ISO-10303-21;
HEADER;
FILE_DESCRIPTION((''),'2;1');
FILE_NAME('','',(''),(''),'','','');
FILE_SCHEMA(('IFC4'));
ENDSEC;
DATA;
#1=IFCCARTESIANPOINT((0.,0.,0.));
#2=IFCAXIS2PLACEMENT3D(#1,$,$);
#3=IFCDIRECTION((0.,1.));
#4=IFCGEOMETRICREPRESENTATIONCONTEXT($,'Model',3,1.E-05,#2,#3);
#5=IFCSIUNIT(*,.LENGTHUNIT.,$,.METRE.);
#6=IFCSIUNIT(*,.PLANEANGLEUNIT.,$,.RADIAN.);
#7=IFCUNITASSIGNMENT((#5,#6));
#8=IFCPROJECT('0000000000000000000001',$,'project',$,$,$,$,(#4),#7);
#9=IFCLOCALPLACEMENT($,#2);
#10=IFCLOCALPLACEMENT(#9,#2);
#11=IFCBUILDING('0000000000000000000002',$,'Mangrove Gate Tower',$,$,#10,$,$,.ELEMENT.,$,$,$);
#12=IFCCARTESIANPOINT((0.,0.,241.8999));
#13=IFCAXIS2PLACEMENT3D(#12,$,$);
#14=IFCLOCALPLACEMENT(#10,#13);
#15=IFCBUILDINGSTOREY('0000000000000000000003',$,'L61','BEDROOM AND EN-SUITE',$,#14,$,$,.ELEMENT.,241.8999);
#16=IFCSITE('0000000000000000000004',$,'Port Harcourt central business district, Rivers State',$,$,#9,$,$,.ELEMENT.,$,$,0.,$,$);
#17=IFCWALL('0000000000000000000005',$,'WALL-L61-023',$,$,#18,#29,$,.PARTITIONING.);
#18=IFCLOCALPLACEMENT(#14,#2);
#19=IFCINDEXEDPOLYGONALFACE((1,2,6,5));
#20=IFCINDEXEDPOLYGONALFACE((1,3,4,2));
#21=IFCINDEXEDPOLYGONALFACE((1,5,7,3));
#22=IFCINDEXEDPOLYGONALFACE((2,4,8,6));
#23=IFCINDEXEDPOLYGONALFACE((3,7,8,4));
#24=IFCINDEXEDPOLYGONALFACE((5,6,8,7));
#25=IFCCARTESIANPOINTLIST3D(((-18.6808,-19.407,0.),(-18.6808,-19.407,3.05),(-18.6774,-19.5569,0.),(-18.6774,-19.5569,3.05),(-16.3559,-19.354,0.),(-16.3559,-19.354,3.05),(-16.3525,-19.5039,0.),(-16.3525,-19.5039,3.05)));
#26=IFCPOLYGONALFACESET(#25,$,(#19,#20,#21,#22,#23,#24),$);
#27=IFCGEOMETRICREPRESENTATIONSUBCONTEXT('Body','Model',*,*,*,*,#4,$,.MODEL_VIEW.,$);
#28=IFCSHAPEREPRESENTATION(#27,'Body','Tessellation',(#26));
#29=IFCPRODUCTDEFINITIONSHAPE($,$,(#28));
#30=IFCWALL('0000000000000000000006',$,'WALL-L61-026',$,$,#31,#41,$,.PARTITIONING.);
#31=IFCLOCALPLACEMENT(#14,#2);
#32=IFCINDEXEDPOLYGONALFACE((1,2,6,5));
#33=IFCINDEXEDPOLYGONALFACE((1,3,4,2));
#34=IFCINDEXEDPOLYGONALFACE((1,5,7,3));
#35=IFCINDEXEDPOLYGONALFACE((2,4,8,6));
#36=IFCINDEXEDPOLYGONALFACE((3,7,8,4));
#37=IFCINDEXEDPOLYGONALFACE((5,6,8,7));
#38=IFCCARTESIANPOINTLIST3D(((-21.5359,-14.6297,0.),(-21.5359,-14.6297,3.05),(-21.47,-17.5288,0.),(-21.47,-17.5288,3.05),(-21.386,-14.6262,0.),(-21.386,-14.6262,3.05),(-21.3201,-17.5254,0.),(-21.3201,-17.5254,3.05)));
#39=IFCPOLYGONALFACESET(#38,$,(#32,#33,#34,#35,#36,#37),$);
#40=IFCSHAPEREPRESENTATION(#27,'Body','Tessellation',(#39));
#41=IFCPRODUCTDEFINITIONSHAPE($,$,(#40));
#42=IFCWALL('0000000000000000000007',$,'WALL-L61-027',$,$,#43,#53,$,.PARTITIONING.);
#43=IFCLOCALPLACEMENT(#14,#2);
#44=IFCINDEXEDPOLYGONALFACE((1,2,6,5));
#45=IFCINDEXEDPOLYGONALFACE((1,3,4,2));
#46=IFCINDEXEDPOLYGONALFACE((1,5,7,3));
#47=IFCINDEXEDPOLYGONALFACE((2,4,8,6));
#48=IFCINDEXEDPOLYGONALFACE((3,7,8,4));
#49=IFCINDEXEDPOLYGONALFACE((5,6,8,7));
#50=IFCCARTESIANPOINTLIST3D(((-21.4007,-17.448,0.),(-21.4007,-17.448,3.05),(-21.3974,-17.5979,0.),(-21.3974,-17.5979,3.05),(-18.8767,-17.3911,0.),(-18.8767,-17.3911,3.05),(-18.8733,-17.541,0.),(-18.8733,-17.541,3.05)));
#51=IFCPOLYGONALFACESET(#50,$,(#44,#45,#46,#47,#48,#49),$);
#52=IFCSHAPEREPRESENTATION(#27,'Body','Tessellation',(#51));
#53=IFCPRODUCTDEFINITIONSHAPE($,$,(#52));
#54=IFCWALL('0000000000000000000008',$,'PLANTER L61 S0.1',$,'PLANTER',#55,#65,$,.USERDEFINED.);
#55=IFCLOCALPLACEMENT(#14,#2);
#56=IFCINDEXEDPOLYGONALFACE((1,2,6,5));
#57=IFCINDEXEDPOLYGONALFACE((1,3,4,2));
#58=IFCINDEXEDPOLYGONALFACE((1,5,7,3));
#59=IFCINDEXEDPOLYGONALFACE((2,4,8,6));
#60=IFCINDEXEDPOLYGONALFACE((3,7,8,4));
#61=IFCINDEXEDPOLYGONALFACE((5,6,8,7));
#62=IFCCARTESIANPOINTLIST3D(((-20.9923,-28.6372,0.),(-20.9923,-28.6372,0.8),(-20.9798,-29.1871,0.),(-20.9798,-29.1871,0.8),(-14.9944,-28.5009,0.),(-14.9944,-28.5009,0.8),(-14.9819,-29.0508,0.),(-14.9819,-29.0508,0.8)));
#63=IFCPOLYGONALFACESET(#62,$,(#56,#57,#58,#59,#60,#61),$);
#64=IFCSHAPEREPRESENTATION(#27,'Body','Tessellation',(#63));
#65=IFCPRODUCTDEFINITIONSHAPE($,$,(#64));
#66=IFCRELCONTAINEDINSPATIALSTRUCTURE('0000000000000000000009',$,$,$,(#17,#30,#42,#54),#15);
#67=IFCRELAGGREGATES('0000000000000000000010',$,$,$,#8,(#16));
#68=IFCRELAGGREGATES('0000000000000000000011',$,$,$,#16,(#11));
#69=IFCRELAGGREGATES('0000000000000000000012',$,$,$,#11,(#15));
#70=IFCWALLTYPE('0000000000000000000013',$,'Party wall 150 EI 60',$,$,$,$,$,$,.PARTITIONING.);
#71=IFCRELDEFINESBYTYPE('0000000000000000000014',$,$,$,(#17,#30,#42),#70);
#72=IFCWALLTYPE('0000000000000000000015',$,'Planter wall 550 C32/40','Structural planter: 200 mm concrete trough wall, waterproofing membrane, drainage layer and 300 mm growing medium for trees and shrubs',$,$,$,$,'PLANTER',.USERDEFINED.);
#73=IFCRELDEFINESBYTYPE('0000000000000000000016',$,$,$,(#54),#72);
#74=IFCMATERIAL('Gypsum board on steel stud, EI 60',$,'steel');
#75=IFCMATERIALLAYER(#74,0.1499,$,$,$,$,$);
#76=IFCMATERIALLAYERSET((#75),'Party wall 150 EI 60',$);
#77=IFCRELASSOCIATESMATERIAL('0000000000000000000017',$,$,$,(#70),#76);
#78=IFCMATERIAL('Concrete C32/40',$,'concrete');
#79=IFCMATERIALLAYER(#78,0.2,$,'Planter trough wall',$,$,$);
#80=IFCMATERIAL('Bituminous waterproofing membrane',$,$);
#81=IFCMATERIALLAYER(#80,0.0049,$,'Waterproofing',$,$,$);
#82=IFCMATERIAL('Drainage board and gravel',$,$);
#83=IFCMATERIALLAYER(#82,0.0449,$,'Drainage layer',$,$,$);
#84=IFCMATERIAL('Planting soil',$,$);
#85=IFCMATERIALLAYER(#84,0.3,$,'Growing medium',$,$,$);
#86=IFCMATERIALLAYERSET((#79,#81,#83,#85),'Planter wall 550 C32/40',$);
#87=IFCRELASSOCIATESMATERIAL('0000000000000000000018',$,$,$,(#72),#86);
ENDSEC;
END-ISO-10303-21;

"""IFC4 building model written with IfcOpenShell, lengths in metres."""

from ifc_helpers import new_model, si_unit, direction, frame, frame_2d, origin, place, context, subcontext, project, spatial, rectangle, extrude, material, layer, layer_set, type_object, element, save


model = new_model("IFC4")

# Units and contexts
model_context = context("Model", 3, precision=1e-05, world=origin(), true_north=direction((0.0, 1.0)))
body_context = subcontext(model_context, "Body", "Model", "MODEL_VIEW")
ifc_project = project(units=[si_unit("LENGTHUNIT", "METRE"), si_unit("PLANEANGLEUNIT", "RADIAN")], contexts=[model_context])

# Site, building, storey
site_placement = place(None, origin())
site = spatial("IfcSite", under=ifc_project, at=site_placement, Name="Port Harcourt central business district, Rivers State", CompositionType="ELEMENT", RefElevation=0.0)
building_placement = place(site_placement, origin())
building = spatial("IfcBuilding", under=site, at=building_placement, Name="Mangrove Gate Tower", CompositionType="ELEMENT")
storey_placement = place(building_placement, frame((0.0, 0.0, 241.8999)))
storey = spatial("IfcBuildingStorey", under=building, at=storey_placement, Name="L61", Description="BEDROOM AND EN-SUITE", CompositionType="ELEMENT", Elevation=241.8999)

# Walls
ifc_material_1 = material(Name="Gypsum board on steel stud, EI 60", Category="steel")
ifc_layer_1 = layer(ifc_material_1, 0.1499)
ifc_layer_set_1 = layer_set([ifc_layer_1], Name="Party wall 150 EI 60")
wall_type_1 = type_object("IfcWallType", Name="Party wall 150 EI 60", PredefinedType="PARTITIONING", material=ifc_layer_set_1)
wall_1_placement = place(storey_placement, frame((-18.679, -19.4819, 0.0), z_axis=(0.0, 0.0, 1.0), x_axis=(0.99974, 0.022781, 0.0)))
element("IfcWall", 1, at=wall_1_placement, inside=storey, type_object=wall_type_1, Name="WALL-L61-023", PredefinedType="PARTITIONING", context=body_context, shape_type="SweptSolid", body=[
    extrude(rectangle(XDim=2.3254, YDim=0.1499, at=frame_2d((1.1626, 0.0))), origin(), (0.0, 0.0, 1.0), 3.05),
])
wall_2_placement = place(storey_placement, frame((-21.395, -17.5271, 0.0), z_axis=(0.0, 0.0, 1.0), x_axis=(-0.022731, 0.999742, 0.0)))
element("IfcWall", 2, at=wall_2_placement, inside=storey, type_object=wall_type_1, Name="WALL-L61-026", PredefinedType="PARTITIONING", context=body_context, shape_type="SweptSolid", body=[
    extrude(rectangle(XDim=2.8999, YDim=0.1499, at=frame_2d((1.45, 0.0))), origin(), (0.0, 0.0, 1.0), 3.05),
])
wall_3_placement = place(storey_placement, frame((-21.3989, -17.5229, 0.0), z_axis=(0.0, 0.0, 1.0), x_axis=(0.999746, 0.022532, 0.0)))
element("IfcWall", 3, at=wall_3_placement, inside=storey, type_object=wall_type_1, Name="WALL-L61-027", PredefinedType="PARTITIONING", context=body_context, shape_type="SweptSolid", body=[
    extrude(rectangle(XDim=2.5247, YDim=0.1499, at=frame_2d((1.2622, 0.0))), origin(), (0.0, 0.0, 1.0), 3.05),
])
ifc_material_2 = material(Name="Concrete C32/40", Category="concrete")
ifc_layer_2 = layer(ifc_material_2, 0.2, Name="Planter trough wall")
ifc_material_3 = material(Name="Bituminous waterproofing membrane")
ifc_layer_3 = layer(ifc_material_3, 0.0049, Name="Waterproofing")
ifc_material_4 = material(Name="Drainage board and gravel")
ifc_layer_4 = layer(ifc_material_4, 0.0449, Name="Drainage layer")
ifc_material_5 = material(Name="Planting soil")
ifc_layer_5 = layer(ifc_material_5, 0.3, Name="Growing medium")
ifc_layer_set_2 = layer_set([ifc_layer_2, ifc_layer_3, ifc_layer_4, ifc_layer_5], Name="Planter wall 550 C32/40")
wall_type_2 = type_object("IfcWallType", Name="Planter wall 550 C32/40", Description="Structural planter: 200 mm concrete trough wall, waterproofing membrane, drainage layer and 300 mm growing medium for trees and shrubs", ElementType="PLANTER", PredefinedType="USERDEFINED", material=ifc_layer_set_2)
wall_4_placement = place(storey_placement, frame((-20.9861, -28.9121, 0.0), z_axis=(0.0, 0.0, 1.0), x_axis=(0.999742, 0.022707, 0.0)))
element("IfcWall", 4, at=wall_4_placement, inside=storey, type_object=wall_type_2, Name="PLANTER L61 S0.1", ObjectType="PLANTER", PredefinedType="USERDEFINED", context=body_context, shape_type="SweptSolid", body=[
    extrude(rectangle(XDim=5.9995, YDim=0.55, at=frame_2d((2.9998, 0.0))), origin(), (0.0, 0.0, 1.0), 0.8),
])

save(model, "model.ifc")
